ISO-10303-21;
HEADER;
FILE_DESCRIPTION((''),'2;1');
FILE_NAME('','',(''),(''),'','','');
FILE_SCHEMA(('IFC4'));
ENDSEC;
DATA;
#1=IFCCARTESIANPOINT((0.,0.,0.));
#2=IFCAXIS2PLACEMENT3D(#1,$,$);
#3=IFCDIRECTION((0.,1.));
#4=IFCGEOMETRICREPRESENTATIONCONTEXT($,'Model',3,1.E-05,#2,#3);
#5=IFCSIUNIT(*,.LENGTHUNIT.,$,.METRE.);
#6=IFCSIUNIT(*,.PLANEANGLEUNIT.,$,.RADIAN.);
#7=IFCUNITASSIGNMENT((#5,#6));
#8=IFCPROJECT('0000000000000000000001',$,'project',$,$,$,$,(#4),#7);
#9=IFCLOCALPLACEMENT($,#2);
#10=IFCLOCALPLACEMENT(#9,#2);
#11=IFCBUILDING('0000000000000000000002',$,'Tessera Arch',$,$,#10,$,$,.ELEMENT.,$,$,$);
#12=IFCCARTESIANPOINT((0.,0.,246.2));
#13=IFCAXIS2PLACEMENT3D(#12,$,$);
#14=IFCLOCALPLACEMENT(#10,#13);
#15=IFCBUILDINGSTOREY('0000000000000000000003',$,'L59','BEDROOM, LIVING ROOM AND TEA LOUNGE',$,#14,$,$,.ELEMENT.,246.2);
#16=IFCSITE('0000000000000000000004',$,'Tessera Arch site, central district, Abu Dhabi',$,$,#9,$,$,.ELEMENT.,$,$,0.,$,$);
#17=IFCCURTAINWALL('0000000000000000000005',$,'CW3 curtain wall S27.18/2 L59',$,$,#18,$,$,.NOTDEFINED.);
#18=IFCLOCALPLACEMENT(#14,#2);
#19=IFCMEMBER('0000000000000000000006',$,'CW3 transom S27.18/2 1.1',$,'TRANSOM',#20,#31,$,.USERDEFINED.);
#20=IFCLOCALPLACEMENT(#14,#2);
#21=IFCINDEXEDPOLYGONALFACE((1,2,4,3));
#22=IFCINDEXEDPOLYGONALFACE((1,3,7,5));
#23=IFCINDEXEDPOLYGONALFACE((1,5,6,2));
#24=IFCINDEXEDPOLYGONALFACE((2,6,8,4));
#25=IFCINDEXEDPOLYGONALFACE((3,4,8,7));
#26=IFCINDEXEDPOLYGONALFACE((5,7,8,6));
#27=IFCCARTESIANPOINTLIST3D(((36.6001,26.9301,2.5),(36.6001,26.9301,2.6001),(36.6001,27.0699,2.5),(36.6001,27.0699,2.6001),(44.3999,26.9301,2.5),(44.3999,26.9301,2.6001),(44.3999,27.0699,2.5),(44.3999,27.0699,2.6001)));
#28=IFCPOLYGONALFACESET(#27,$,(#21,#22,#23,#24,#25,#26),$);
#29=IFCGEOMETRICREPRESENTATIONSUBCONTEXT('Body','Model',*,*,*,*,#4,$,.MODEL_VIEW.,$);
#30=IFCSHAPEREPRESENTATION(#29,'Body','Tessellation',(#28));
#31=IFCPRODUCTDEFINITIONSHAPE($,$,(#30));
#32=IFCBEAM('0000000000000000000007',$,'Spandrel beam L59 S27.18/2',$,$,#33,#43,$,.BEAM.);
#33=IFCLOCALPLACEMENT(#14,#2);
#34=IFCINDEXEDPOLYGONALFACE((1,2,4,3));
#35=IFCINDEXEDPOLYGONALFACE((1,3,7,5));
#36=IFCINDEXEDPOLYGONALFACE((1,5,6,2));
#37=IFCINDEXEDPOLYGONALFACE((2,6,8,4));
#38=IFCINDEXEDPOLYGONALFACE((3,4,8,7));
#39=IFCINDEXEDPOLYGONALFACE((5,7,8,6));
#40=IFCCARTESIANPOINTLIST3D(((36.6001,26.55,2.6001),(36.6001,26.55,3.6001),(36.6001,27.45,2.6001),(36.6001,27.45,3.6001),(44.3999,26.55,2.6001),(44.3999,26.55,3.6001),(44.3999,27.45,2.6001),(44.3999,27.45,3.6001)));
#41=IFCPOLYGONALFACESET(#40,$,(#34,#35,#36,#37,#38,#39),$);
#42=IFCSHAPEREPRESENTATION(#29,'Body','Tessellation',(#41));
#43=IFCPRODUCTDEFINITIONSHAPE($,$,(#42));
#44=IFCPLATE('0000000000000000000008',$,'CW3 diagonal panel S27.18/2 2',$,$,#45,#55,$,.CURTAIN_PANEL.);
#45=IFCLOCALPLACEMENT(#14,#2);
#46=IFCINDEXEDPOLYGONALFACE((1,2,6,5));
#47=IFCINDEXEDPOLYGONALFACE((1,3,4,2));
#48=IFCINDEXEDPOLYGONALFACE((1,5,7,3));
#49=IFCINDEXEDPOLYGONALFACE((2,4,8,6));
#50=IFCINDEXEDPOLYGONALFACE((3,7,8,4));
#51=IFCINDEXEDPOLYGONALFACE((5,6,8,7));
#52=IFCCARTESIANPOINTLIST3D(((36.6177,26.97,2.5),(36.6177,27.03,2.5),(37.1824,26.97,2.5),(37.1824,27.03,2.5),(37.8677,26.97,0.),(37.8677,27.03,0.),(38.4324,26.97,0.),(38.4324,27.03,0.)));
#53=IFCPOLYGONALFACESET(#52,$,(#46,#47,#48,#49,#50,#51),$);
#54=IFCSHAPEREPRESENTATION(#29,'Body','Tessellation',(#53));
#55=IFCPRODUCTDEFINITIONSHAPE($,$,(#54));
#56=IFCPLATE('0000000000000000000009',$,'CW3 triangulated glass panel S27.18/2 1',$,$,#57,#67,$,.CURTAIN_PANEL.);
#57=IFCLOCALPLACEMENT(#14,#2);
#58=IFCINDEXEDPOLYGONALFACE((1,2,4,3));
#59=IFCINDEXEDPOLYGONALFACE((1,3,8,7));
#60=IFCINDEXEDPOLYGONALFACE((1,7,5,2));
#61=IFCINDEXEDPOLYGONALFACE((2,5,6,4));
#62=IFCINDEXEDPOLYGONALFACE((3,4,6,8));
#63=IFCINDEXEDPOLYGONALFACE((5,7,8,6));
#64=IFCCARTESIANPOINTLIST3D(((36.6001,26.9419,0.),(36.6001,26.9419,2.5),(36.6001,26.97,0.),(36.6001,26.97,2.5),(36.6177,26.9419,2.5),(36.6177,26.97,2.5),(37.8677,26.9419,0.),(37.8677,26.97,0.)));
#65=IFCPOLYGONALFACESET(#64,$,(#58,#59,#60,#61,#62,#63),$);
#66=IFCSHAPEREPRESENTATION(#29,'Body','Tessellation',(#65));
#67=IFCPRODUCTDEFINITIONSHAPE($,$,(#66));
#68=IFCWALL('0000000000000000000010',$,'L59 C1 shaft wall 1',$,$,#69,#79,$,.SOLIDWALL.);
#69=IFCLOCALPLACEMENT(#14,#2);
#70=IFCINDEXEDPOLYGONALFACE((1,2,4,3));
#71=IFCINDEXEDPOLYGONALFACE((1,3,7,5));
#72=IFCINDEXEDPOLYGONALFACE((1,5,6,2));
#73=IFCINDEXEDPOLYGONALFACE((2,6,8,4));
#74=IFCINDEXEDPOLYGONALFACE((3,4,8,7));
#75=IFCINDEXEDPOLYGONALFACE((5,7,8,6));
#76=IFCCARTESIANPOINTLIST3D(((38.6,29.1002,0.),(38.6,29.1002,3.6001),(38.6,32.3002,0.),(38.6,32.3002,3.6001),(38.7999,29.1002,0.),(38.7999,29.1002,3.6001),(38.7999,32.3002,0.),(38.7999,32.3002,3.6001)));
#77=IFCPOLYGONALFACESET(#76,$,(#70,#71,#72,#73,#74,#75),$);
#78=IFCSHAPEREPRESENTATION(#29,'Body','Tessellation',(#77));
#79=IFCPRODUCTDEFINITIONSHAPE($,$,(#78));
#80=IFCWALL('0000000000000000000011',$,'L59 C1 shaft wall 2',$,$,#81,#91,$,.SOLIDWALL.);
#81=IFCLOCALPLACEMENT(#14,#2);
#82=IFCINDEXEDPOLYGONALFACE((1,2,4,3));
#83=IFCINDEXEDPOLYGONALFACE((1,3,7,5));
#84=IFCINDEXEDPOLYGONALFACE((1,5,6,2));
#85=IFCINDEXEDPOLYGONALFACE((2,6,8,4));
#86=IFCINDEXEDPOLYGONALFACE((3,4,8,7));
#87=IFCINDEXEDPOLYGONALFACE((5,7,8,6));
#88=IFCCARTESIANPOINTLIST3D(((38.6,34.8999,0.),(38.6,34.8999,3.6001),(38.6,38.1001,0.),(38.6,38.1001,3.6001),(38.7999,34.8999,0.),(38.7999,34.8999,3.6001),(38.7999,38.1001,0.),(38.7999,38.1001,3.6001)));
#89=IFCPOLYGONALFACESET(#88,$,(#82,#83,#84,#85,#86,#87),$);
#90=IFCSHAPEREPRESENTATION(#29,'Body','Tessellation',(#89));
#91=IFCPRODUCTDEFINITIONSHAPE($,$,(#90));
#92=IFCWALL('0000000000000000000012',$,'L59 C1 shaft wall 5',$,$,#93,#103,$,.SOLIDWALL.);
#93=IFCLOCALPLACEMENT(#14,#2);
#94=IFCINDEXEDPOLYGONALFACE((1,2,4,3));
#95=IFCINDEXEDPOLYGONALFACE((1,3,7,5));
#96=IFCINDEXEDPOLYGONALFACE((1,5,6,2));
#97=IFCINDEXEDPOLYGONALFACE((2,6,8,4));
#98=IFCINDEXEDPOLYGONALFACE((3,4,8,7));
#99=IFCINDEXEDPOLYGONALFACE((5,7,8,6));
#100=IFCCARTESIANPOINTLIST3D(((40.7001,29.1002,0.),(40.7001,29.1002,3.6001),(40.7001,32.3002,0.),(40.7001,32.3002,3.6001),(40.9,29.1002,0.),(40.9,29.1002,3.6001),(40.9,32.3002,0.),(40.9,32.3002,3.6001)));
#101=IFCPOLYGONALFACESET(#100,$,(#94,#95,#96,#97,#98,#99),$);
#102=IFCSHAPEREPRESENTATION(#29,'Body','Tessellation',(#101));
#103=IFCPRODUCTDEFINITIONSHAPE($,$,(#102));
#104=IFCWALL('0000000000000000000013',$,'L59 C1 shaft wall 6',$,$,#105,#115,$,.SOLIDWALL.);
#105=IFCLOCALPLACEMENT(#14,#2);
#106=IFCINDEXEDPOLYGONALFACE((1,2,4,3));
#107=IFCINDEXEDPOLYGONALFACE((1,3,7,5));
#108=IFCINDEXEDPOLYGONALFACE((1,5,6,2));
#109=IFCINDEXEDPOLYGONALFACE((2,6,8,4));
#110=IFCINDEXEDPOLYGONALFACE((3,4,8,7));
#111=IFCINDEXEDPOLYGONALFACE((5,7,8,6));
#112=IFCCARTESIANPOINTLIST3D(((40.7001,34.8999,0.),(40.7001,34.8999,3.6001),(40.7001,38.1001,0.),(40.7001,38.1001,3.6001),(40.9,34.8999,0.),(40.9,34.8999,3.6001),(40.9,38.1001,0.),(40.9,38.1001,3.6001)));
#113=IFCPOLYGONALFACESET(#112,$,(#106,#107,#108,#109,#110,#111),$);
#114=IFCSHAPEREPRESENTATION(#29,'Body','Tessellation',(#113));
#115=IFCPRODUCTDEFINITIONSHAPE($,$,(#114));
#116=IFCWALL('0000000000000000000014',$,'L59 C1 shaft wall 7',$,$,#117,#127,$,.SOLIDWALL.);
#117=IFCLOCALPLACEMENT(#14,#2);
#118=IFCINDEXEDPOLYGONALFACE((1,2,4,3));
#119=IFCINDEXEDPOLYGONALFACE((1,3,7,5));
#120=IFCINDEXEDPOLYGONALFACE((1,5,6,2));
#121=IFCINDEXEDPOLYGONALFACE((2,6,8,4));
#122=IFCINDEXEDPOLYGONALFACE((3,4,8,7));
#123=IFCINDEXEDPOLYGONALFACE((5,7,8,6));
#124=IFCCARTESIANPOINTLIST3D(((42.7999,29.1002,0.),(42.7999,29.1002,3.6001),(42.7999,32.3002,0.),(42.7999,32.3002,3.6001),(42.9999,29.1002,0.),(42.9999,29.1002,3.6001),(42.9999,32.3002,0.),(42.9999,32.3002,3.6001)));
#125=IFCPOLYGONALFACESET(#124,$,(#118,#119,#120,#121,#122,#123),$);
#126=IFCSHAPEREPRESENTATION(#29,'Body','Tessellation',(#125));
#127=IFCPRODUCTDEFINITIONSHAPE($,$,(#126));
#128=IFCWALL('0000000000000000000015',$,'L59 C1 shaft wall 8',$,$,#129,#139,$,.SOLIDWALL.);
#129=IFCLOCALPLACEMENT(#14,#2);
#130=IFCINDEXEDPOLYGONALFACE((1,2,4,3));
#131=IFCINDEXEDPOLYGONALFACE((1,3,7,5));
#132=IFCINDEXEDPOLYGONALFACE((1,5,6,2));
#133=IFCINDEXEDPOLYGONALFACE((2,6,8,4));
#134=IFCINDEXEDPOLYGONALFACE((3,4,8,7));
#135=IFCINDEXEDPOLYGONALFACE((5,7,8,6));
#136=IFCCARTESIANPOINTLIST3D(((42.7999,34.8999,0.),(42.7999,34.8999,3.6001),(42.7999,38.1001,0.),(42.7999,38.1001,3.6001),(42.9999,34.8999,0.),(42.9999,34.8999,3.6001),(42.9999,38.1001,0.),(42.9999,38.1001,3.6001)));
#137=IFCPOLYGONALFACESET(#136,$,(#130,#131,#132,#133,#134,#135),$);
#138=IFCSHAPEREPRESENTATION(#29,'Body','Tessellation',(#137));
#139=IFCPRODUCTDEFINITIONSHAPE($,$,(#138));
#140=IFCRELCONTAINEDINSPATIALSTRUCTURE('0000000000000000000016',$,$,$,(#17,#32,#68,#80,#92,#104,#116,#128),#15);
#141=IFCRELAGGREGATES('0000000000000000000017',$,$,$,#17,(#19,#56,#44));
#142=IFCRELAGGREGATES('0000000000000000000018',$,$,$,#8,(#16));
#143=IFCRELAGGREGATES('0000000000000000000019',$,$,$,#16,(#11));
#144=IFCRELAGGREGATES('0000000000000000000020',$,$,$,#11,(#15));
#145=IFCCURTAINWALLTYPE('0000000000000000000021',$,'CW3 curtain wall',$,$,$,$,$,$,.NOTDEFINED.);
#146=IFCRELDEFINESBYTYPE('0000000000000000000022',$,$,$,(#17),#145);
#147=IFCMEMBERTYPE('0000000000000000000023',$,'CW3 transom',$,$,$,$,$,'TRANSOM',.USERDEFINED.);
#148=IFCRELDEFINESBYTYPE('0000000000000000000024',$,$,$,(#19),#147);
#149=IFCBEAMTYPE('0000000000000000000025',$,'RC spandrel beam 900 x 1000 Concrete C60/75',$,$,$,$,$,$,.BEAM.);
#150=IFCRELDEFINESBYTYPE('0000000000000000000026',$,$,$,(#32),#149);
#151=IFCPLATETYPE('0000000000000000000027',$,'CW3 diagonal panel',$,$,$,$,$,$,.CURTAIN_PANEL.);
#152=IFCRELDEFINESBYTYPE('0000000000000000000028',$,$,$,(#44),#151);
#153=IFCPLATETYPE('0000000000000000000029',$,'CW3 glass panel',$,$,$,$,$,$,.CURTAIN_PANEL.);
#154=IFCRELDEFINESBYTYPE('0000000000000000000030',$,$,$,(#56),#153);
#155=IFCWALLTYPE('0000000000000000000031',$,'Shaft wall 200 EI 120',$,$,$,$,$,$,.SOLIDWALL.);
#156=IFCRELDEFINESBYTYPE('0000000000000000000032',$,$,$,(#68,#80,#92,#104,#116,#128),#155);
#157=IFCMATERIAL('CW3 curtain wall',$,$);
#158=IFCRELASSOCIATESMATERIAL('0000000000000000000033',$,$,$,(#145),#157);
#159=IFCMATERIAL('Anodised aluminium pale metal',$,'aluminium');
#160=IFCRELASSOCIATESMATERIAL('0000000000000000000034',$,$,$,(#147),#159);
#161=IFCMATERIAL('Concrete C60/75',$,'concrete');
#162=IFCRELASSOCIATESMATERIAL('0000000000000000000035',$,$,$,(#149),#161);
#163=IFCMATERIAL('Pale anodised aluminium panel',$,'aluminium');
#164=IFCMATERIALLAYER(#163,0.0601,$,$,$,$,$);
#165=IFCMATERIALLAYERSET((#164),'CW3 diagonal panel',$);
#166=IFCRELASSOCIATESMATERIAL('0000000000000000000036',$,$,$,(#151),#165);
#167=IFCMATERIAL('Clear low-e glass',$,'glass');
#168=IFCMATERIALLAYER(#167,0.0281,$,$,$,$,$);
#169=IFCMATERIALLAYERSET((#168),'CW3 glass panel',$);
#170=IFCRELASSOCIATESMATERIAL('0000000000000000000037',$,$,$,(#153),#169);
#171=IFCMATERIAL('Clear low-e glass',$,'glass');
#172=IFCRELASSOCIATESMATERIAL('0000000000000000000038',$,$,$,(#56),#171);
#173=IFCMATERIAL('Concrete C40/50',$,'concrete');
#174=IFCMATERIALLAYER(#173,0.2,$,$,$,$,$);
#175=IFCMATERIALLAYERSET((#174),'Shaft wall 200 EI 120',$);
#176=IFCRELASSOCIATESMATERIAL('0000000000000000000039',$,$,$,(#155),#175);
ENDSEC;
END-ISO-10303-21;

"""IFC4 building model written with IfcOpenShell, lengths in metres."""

from ifc_helpers import new_model, si_unit, direction, frame, frame_2d, origin, origin_2d, place, context, subcontext, project, spatial, polyline, rectangle, outline, extrude, material, layer, layer_set, material_profile, profile_set, type_object, element, aggregate, save


model = new_model("IFC4")

# Units and contexts
model_context = context("Model", 3, precision=1e-05, world=origin(), true_north=direction((0.0, 1.0)))
body_context = subcontext(model_context, "Body", "Model", "MODEL_VIEW")
ifc_project = project(units=[si_unit("LENGTHUNIT", "METRE"), si_unit("PLANEANGLEUNIT", "RADIAN")], contexts=[model_context])

# Site, building, storey
site_placement = place(None, origin())
site = spatial("IfcSite", under=ifc_project, at=site_placement, Name="Tessera Arch site, central district, Abu Dhabi", CompositionType="ELEMENT", RefElevation=0.0)
building_placement = place(site_placement, origin())
building = spatial("IfcBuilding", under=site, at=building_placement, Name="Tessera Arch", CompositionType="ELEMENT")
storey_placement = place(building_placement, frame((0.0, 0.0, 246.2)))
storey = spatial("IfcBuildingStorey", under=building, at=storey_placement, Name="L59", Description="BEDROOM, LIVING ROOM AND TEA LOUNGE", CompositionType="ELEMENT", Elevation=246.2)

# Curtain wall, member
ifc_material_1 = material(Name="CW3 curtain wall")
curtain_wall_type = type_object("IfcCurtainWallType", Name="CW3 curtain wall", PredefinedType="NOTDEFINED", material=ifc_material_1)
curtain_wall_placement = place(storey_placement, origin())
curtain_wall = element("IfcCurtainWall", 1, at=curtain_wall_placement, inside=storey, type_object=curtain_wall_type, Name="CW3 curtain wall S27.18/2 L59", PredefinedType="NOTDEFINED")
ifc_material_2 = material(Name="Anodised aluminium pale metal", Category="aluminium")
ifc_material_profile_1 = material_profile(ifc_material_2, rectangle(XDim=0.1399, YDim=0.1001, at=origin_2d()), Name="AL 140x100")
ifc_profile_set_1 = profile_set([ifc_material_profile_1], Name="Anodised aluminium pale metal")
member_type = type_object("IfcMemberType", Name="CW3 transom", ElementType="TRANSOM", PredefinedType="USERDEFINED", material=ifc_profile_set_1)
member_placement = place(storey_placement, frame((36.6001, 27.0, 2.55), z_axis=(1.0, 0.0, 0.0), x_axis=(0.0, 1.0, 0.0)))
member = element("IfcMember", 2, at=member_placement, type_object=member_type, Name="CW3 transom S27.18/2 1.1", ObjectType="TRANSOM", PredefinedType="USERDEFINED", context=body_context, shape_type="SweptSolid", body=[
    extrude(rectangle(XDim=0.1399, YDim=0.1001, at=origin_2d()), origin(), (0.0, 0.0, 1.0), 7.7998),
])

# Beam
ifc_material_3 = material(Name="Concrete C60/75", Category="concrete")
ifc_material_profile_2 = material_profile(ifc_material_3, rectangle(XDim=0.8999, YDim=1.0, at=origin_2d()), Name="RC spandrel beam 900 x 1000 Concrete C60/75")
ifc_profile_set_2 = profile_set([ifc_material_profile_2], Name="Concrete C60/75")
beam_type = type_object("IfcBeamType", Name="RC spandrel beam 900 x 1000 Concrete C60/75", PredefinedType="BEAM", material=ifc_profile_set_2)
beam_placement = place(storey_placement, frame((36.6001, 27.0, 3.1001), z_axis=(1.0, 0.0, 0.0), x_axis=(0.0, 1.0, 0.0)))
element("IfcBeam", 3, at=beam_placement, inside=storey, type_object=beam_type, Name="Spandrel beam L59 S27.18/2", PredefinedType="BEAM", context=body_context, shape_type="SweptSolid", body=[
    extrude(rectangle(XDim=0.8999, YDim=1.0, at=origin_2d()), origin(), (0.0, 0.0, 1.0), 7.7998),
])

# Plates
ifc_material_4 = material(Name="Pale anodised aluminium panel", Category="aluminium")
ifc_layer_1 = layer(ifc_material_4, 0.0601)
ifc_layer_set_1 = layer_set([ifc_layer_1], Name="CW3 diagonal panel")
plate_type_1 = type_object("IfcPlateType", Name="CW3 diagonal panel", PredefinedType="CURTAIN_PANEL", material=ifc_layer_set_1)
plate_1_placement = place(storey_placement, frame((37.1824, 26.97, 2.5), z_axis=(0.0, -1.0, 0.0), x_axis=(-1.0, 0.0, 0.0)))
plate_1 = element("IfcPlate", 4, at=plate_1_placement, type_object=plate_type_1, Name="CW3 diagonal panel S27.18/2 2", PredefinedType="CURTAIN_PANEL", context=body_context, shape_type="SweptSolid", body=[
    extrude(outline(polyline([(0.0, 0.0), (0.5647, 0.0), (-0.6853, 2.5), (-1.25, 2.5), (0.0, 0.0)])), origin(), (0.0, 0.0, -1.0), 0.0601),
])
ifc_material_5 = material(Name="Clear low-e glass", Category="glass")
ifc_material_6 = material(Name="Clear low-e glass", Category="glass")
ifc_layer_2 = layer(ifc_material_6, 0.0281)
ifc_layer_set_2 = layer_set([ifc_layer_2], Name="CW3 glass panel")
plate_type_2 = type_object("IfcPlateType", Name="CW3 glass panel", PredefinedType="CURTAIN_PANEL", material=ifc_layer_set_2)
plate_2_placement = place(storey_placement, frame((36.6001, 26.9419, 0.0), z_axis=(0.0, -1.0, 0.0), x_axis=(1.0, 0.0, 0.0)))
plate_2 = element("IfcPlate", 5, at=plate_2_placement, type_object=plate_type_2, material=ifc_material_5, Name="CW3 triangulated glass panel S27.18/2 1", PredefinedType="CURTAIN_PANEL", context=body_context, shape_type="SweptSolid", body=[
    extrude(outline(polyline([(0.0, 0.0), (1.2676, 0.0), (0.0176, 2.5), (0.0, 2.5), (0.0, 0.0)])), origin(), (0.0, 0.0, -1.0), 0.0281),
])
aggregate(curtain_wall, [member, plate_2, plate_1])

# Walls
ifc_material_7 = material(Name="Concrete C40/50", Category="concrete")
ifc_layer_3 = layer(ifc_material_7, 0.2)
ifc_layer_set_3 = layer_set([ifc_layer_3], Name="Shaft wall 200 EI 120")
wall_type = type_object("IfcWallType", Name="Shaft wall 200 EI 120", PredefinedType="SOLIDWALL", material=ifc_layer_set_3)
wall_1_placement = place(storey_placement, frame((38.7, 29.1001, 0.0), z_axis=(0.0, 0.0, 1.0), x_axis=(0.0, 1.0, 0.0)))
element("IfcWall", 6, at=wall_1_placement, inside=storey, type_object=wall_type, Name="L59 C1 shaft wall 1", PredefinedType="SOLIDWALL", context=body_context, shape_type="SweptSolid", body=[
    extrude(rectangle(XDim=3.2, YDim=0.2, at=frame_2d((1.6001, 0.0))), origin(), (0.0, 0.0, 1.0), 3.6001),
])
wall_2_placement = place(storey_placement, frame((38.7, 34.8999, 0.0), z_axis=(0.0, 0.0, 1.0), x_axis=(0.0, 1.0, 0.0)))
element("IfcWall", 7, at=wall_2_placement, inside=storey, type_object=wall_type, Name="L59 C1 shaft wall 2", PredefinedType="SOLIDWALL", context=body_context, shape_type="SweptSolid", body=[
    extrude(rectangle(XDim=3.2002, YDim=0.2, at=frame_2d((1.6001, 0.0))), origin(), (0.0, 0.0, 1.0), 3.6001),
])
wall_3_placement = place(storey_placement, frame((40.8, 29.1001, 0.0), z_axis=(0.0, 0.0, 1.0), x_axis=(0.0, 1.0, 0.0)))
element("IfcWall", 8, at=wall_3_placement, inside=storey, type_object=wall_type, Name="L59 C1 shaft wall 5", PredefinedType="SOLIDWALL", context=body_context, shape_type="SweptSolid", body=[
    extrude(rectangle(XDim=3.2, YDim=0.2, at=frame_2d((1.6001, 0.0))), origin(), (0.0, 0.0, 1.0), 3.6001),
])
wall_4_placement = place(storey_placement, frame((40.8, 34.8999, 0.0), z_axis=(0.0, 0.0, 1.0), x_axis=(0.0, 1.0, 0.0)))
element("IfcWall", 9, at=wall_4_placement, inside=storey, type_object=wall_type, Name="L59 C1 shaft wall 6", PredefinedType="SOLIDWALL", context=body_context, shape_type="SweptSolid", body=[
    extrude(rectangle(XDim=3.2002, YDim=0.2, at=frame_2d((1.6001, 0.0))), origin(), (0.0, 0.0, 1.0), 3.6001),
])
wall_5_placement = place(storey_placement, frame((42.8999, 29.1001, 0.0), z_axis=(0.0, 0.0, 1.0), x_axis=(0.0, 1.0, 0.0)))
element("IfcWall", 10, at=wall_5_placement, inside=storey, type_object=wall_type, Name="L59 C1 shaft wall 7", PredefinedType="SOLIDWALL", context=body_context, shape_type="SweptSolid", body=[
    extrude(rectangle(XDim=3.2, YDim=0.2, at=frame_2d((1.6001, 0.0))), origin(), (0.0, 0.0, 1.0), 3.6001),
])
wall_6_placement = place(storey_placement, frame((42.8999, 34.8999, 0.0), z_axis=(0.0, 0.0, 1.0), x_axis=(0.0, 1.0, 0.0)))
element("IfcWall", 11, at=wall_6_placement, inside=storey, type_object=wall_type, Name="L59 C1 shaft wall 8", PredefinedType="SOLIDWALL", context=body_context, shape_type="SweptSolid", body=[
    extrude(rectangle(XDim=3.2002, YDim=0.2, at=frame_2d((1.6001, 0.0))), origin(), (0.0, 0.0, 1.0), 3.6001),
])

save(model, "model.ifc")
